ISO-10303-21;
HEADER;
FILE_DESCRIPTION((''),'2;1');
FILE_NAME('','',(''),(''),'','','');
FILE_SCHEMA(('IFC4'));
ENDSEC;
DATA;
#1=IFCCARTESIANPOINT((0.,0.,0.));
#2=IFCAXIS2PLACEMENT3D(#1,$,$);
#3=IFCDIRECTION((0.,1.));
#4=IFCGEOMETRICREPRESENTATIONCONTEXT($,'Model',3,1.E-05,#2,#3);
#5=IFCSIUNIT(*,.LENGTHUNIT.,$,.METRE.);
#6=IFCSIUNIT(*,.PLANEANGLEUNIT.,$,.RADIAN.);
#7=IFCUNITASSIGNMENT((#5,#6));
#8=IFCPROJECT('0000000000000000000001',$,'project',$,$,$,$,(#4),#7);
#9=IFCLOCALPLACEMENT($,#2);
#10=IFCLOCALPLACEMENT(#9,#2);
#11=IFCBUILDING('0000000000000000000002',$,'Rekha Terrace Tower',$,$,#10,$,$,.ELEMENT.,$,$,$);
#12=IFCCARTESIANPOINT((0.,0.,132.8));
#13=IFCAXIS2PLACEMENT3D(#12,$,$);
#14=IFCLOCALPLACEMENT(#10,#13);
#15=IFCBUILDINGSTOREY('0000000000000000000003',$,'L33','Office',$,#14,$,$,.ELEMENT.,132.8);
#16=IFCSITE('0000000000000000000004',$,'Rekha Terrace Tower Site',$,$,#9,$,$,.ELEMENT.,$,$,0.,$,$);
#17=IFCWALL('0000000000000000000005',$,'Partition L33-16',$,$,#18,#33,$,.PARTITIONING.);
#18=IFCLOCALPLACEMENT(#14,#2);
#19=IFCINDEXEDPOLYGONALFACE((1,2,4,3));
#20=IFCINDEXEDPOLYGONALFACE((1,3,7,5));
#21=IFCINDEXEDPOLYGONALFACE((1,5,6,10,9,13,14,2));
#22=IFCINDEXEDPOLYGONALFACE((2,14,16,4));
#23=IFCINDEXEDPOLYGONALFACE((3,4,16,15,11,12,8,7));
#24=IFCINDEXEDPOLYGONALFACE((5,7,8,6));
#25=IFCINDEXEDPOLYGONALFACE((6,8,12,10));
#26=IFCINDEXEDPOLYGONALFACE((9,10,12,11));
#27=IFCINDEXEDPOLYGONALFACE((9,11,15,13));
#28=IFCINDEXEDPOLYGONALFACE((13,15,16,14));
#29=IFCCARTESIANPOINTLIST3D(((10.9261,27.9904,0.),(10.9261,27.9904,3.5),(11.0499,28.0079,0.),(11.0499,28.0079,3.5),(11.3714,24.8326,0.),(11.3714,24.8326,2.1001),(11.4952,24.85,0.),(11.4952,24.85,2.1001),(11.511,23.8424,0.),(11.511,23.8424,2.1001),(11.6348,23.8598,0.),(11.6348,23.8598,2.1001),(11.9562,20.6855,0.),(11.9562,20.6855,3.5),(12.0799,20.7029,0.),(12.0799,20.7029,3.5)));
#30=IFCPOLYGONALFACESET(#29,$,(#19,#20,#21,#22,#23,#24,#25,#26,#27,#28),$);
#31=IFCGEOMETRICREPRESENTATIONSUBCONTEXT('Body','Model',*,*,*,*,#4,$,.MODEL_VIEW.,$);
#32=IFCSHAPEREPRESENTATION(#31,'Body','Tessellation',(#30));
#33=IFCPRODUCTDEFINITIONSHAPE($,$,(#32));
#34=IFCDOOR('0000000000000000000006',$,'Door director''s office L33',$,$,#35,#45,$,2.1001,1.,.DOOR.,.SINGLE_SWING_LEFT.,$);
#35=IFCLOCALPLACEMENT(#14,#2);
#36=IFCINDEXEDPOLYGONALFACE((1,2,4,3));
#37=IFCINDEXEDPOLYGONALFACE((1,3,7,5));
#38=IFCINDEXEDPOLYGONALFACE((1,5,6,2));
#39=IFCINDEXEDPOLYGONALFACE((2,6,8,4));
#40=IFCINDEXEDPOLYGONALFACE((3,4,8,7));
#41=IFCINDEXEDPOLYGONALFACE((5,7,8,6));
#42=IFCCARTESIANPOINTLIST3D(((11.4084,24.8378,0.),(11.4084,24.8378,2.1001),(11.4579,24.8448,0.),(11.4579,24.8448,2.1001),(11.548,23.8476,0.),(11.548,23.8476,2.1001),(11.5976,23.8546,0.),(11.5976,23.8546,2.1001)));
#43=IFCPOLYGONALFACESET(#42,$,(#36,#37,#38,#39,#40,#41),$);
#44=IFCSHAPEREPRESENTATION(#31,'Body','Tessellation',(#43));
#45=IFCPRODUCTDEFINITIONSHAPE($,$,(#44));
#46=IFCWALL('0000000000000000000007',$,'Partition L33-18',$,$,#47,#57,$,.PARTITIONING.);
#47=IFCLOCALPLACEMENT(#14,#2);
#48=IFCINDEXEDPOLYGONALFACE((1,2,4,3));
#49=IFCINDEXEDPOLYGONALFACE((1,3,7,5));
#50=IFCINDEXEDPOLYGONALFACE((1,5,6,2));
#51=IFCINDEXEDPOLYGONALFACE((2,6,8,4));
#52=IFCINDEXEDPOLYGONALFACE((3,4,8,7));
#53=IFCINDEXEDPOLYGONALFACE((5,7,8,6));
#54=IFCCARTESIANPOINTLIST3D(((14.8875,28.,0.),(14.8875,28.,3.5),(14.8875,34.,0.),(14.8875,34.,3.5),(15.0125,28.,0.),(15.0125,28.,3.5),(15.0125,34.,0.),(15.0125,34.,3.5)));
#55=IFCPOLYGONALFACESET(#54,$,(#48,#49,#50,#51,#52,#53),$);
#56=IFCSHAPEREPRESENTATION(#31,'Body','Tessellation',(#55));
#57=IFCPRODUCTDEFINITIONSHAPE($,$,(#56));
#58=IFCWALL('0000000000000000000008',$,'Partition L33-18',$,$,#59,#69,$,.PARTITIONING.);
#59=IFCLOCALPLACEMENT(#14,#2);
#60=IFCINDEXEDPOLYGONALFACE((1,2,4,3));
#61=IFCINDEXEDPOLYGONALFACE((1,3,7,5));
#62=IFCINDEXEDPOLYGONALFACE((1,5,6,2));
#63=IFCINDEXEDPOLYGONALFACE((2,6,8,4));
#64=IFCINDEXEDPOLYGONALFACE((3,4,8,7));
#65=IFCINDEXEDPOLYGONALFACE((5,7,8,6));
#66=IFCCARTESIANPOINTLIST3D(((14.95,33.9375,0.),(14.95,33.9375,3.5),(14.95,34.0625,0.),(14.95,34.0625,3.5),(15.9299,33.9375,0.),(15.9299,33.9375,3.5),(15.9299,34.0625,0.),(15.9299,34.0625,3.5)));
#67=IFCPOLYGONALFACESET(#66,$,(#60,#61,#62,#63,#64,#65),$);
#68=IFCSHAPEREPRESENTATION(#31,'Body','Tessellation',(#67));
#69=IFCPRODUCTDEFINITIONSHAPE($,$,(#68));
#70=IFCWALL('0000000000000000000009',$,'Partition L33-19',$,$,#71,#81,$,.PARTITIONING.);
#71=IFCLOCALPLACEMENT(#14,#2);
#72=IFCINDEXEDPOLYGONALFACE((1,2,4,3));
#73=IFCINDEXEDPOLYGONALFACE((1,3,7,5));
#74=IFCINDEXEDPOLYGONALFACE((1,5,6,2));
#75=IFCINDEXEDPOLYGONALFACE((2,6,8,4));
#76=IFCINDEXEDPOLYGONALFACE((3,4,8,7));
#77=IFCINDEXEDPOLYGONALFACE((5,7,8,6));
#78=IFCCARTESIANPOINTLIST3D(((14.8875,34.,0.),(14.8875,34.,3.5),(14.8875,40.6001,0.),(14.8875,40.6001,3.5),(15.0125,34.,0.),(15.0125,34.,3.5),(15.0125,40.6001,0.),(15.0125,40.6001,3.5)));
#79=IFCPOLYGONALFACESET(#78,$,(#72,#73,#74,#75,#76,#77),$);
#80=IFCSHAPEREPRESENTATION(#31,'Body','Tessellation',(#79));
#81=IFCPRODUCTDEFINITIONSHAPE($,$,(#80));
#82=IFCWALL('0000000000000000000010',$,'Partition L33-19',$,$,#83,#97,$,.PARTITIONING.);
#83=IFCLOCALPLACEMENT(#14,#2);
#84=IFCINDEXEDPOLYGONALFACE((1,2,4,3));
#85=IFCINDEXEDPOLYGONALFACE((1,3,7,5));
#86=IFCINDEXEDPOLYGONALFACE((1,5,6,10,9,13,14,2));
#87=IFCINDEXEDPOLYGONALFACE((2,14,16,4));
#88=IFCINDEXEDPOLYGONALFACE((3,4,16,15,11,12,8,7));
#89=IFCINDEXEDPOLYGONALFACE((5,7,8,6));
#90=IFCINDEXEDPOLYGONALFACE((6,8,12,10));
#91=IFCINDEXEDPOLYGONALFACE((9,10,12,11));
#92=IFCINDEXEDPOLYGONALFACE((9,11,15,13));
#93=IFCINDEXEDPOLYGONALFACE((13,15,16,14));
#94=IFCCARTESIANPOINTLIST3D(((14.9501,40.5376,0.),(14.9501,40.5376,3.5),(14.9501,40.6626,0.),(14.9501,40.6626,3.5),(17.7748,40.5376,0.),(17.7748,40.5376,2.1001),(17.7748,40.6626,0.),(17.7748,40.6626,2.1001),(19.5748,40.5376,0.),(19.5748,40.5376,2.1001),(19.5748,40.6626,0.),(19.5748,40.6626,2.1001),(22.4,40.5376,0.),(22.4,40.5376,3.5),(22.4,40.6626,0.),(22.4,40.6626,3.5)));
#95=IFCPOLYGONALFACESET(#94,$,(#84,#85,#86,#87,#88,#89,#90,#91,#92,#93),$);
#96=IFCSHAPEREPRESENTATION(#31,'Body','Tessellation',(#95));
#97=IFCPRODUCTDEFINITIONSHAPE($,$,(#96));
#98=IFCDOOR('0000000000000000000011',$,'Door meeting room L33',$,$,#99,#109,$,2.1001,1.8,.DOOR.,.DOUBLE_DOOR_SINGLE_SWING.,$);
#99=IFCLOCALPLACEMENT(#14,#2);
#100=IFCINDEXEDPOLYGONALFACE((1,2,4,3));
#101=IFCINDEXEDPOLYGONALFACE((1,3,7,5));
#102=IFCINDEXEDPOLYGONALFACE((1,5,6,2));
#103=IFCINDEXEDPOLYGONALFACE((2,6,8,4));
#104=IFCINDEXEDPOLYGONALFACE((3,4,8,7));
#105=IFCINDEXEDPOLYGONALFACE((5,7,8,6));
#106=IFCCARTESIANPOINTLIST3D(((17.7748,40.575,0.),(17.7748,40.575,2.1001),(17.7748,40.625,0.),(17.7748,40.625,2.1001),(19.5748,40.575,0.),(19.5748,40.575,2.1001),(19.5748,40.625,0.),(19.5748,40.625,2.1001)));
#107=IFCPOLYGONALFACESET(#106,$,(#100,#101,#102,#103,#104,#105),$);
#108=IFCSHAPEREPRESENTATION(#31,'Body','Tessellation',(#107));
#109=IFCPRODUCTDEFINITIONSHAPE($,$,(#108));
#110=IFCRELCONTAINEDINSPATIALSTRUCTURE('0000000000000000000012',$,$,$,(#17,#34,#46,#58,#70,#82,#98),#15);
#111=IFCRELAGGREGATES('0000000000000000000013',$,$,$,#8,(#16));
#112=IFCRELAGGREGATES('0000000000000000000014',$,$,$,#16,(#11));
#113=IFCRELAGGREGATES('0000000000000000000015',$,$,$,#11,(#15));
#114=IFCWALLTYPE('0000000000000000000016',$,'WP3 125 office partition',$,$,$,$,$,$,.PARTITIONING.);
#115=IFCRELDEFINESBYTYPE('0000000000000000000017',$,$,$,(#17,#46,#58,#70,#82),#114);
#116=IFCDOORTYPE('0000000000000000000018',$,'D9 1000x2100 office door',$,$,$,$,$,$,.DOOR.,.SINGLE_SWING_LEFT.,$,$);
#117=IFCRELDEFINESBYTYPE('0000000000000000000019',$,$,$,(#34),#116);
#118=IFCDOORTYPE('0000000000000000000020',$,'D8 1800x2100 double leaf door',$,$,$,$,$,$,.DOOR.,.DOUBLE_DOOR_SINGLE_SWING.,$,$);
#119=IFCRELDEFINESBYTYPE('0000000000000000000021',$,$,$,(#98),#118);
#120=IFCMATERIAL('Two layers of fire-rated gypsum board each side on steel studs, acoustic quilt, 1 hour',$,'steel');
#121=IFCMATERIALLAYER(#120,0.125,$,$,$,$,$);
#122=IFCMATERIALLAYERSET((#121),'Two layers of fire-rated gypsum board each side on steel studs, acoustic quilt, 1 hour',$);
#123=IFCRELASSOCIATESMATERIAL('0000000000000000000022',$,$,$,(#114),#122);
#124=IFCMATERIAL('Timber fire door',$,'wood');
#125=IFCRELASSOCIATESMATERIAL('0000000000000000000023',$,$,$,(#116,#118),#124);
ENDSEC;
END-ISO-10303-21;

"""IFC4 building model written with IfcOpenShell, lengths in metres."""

from ifc_helpers import new_model, si_unit, direction, frame, frame_2d, origin, place, context, subcontext, project, spatial, rectangle, extrude, material, layer, layer_set, type_object, element, fill, save


model = new_model("IFC4")

# Units and contexts
model_context = context("Model", 3, precision=1e-05, world=origin(), true_north=direction((0.0, 1.0)))
body_context = subcontext(model_context, "Body", "Model", "MODEL_VIEW")
ifc_project = project(units=[si_unit("LENGTHUNIT", "METRE"), si_unit("PLANEANGLEUNIT", "RADIAN")], contexts=[model_context])

# Site, building, storey
site_placement = place(None, origin())
site = spatial("IfcSite", under=ifc_project, at=site_placement, Name="Rekha Terrace Tower Site", CompositionType="ELEMENT", RefElevation=0.0)
building_placement = place(site_placement, origin())
building = spatial("IfcBuilding", under=site, at=building_placement, Name="Rekha Terrace Tower", CompositionType="ELEMENT")
storey_placement = place(building_placement, frame((0.0, 0.0, 132.8)))
storey = spatial("IfcBuildingStorey", under=building, at=storey_placement, Name="L33", Description="Office", CompositionType="ELEMENT", Elevation=132.8)

# Shared definitions
ifc_material_1 = material(Name="Two layers of fire-rated gypsum board each side on steel studs, acoustic quilt, 1 hour", Category="steel")
ifc_layer_1 = layer(ifc_material_1, 0.125)
ifc_layer_set_1 = layer_set([ifc_layer_1], Name="Two layers of fire-rated gypsum board each side on steel studs, acoustic quilt, 1 hour")
wall_type = type_object("IfcWallType", Name="WP3 125 office partition", PredefinedType="PARTITIONING", material=ifc_layer_set_1)

# Shared definitions
ifc_material_2 = material(Name="Timber fire door", Category="wood")
door_type_1 = type_object("IfcDoorType", Name="D9 1000x2100 office door", OperationType="SINGLE_SWING_LEFT", PredefinedType="DOOR", material=ifc_material_2)

# Wall, opening, door
wall_1_placement = place(storey_placement, frame((10.988, 27.999, 0.0), z_axis=(0.0, 0.0, 1.0), x_axis=(0.139623, -0.990205, 0.0)))
wall_1 = element("IfcWall", 1, at=wall_1_placement, inside=storey, type_object=wall_type, Name="Partition L33-16", PredefinedType="PARTITIONING", context=body_context, shape_type="SweptSolid", body=[
    extrude(rectangle(XDim=7.3772, YDim=0.125, at=frame_2d((3.6885, 0.0))), origin(), (0.0, 0.0, 1.0), 3.5),
])
opening_1_placement = place(wall_1_placement, frame((3.189, 0.0, 0.0)))
opening_1 = element("IfcOpeningElement", 2, at=opening_1_placement, cuts=wall_1, PredefinedType="OPENING", context=body_context, shape_type="SweptSolid", body=[
    extrude(rectangle(XDim=1.0, YDim=2.1001, at=frame_2d((0.5, 1.05))), frame((0.0, 0.0725, 0.0), z_axis=(0.0, -1.0, 0.0), x_axis=(1.0, 0.0, 0.0)), (0.0, 0.0, 1.0), 0.145),
])
door_1_placement = place(opening_1_placement, origin())
door_1 = element("IfcDoor", 3, at=door_1_placement, inside=storey, type_object=door_type_1, Name="Door director's office L33", OperationType="SINGLE_SWING_LEFT", OverallHeight=2.1001, OverallWidth=1.0, PredefinedType="DOOR", context=body_context, shape_type="SweptSolid", body=[
    extrude(rectangle(XDim=1.0, YDim=2.1001, at=frame_2d((0.5, 1.05))), frame((0.0, 0.0249, 0.0), z_axis=(0.0, -1.0, 0.0), x_axis=(1.0, 0.0, 0.0)), (0.0, 0.0, 1.0), 0.05),
])
fill(opening_1, door_1)

# Walls
wall_2_placement = place(storey_placement, frame((14.95, 28.0, 0.0), z_axis=(0.0, 0.0, 1.0), x_axis=(0.0, 1.0, 0.0)))
element("IfcWall", 4, at=wall_2_placement, inside=storey, type_object=wall_type, Name="Partition L33-18", PredefinedType="PARTITIONING", context=body_context, shape_type="SweptSolid", body=[
    extrude(rectangle(XDim=6.0, YDim=0.125, at=frame_2d((3.0, 0.0))), origin(), (0.0, 0.0, 1.0), 3.5),
])
wall_3_placement = place(storey_placement, frame((14.95, 34.0, 0.0), z_axis=(0.0, 0.0, 1.0), x_axis=(1.0, 0.0, 0.0)))
element("IfcWall", 5, at=wall_3_placement, inside=storey, type_object=wall_type, Name="Partition L33-18", PredefinedType="PARTITIONING", context=body_context, shape_type="SweptSolid", body=[
    extrude(rectangle(XDim=0.98, YDim=0.125, at=frame_2d((0.49, 0.0))), origin(), (0.0, 0.0, 1.0), 3.5),
])
wall_4_placement = place(storey_placement, frame((14.95, 34.0, 0.0), z_axis=(0.0, 0.0, 1.0), x_axis=(0.0, 1.0, 0.0)))
element("IfcWall", 6, at=wall_4_placement, inside=storey, type_object=wall_type, Name="Partition L33-19", PredefinedType="PARTITIONING", context=body_context, shape_type="SweptSolid", body=[
    extrude(rectangle(XDim=6.6001, YDim=0.125, at=frame_2d((3.3, 0.0))), origin(), (0.0, 0.0, 1.0), 3.5),
])

# Wall, opening, door
wall_5_placement = place(storey_placement, frame((14.95, 40.6001, 0.0), z_axis=(0.0, 0.0, 1.0), x_axis=(1.0, 0.0, 0.0)))
wall_5 = element("IfcWall", 7, at=wall_5_placement, inside=storey, type_object=wall_type, Name="Partition L33-19", PredefinedType="PARTITIONING", context=body_context, shape_type="SweptSolid", body=[
    extrude(rectangle(XDim=7.45, YDim=0.125, at=frame_2d((3.7251, 0.0))), origin(), (0.0, 0.0, 1.0), 3.5),
])
opening_2_placement = place(wall_5_placement, frame((2.825, 0.0, 0.0)))
opening_2 = element("IfcOpeningElement", 8, at=opening_2_placement, cuts=wall_5, PredefinedType="OPENING", context=body_context, shape_type="SweptSolid", body=[
    extrude(rectangle(XDim=1.8, YDim=2.1001, at=frame_2d((0.8999, 1.05))), frame((0.0, 0.0725, 0.0), z_axis=(0.0, -1.0, 0.0), x_axis=(1.0, 0.0, 0.0)), (0.0, 0.0, 1.0), 0.145),
])
door_type_2 = type_object("IfcDoorType", Name="D8 1800x2100 double leaf door", OperationType="DOUBLE_DOOR_SINGLE_SWING", PredefinedType="DOOR", material=ifc_material_2)
door_2_placement = place(opening_2_placement, origin())
door_2 = element("IfcDoor", 9, at=door_2_placement, inside=storey, type_object=door_type_2, Name="Door meeting room L33", OperationType="DOUBLE_DOOR_SINGLE_SWING", OverallHeight=2.1001, OverallWidth=1.8, PredefinedType="DOOR", context=body_context, shape_type="SweptSolid", body=[
    extrude(rectangle(XDim=1.8, YDim=2.1001, at=frame_2d((0.8999, 1.05))), frame((0.0, 0.0249, 0.0), z_axis=(0.0, -1.0, 0.0), x_axis=(1.0, 0.0, 0.0)), (0.0, 0.0, 1.0), 0.05),
])
fill(opening_2, door_2)

save(model, "model.ifc")
